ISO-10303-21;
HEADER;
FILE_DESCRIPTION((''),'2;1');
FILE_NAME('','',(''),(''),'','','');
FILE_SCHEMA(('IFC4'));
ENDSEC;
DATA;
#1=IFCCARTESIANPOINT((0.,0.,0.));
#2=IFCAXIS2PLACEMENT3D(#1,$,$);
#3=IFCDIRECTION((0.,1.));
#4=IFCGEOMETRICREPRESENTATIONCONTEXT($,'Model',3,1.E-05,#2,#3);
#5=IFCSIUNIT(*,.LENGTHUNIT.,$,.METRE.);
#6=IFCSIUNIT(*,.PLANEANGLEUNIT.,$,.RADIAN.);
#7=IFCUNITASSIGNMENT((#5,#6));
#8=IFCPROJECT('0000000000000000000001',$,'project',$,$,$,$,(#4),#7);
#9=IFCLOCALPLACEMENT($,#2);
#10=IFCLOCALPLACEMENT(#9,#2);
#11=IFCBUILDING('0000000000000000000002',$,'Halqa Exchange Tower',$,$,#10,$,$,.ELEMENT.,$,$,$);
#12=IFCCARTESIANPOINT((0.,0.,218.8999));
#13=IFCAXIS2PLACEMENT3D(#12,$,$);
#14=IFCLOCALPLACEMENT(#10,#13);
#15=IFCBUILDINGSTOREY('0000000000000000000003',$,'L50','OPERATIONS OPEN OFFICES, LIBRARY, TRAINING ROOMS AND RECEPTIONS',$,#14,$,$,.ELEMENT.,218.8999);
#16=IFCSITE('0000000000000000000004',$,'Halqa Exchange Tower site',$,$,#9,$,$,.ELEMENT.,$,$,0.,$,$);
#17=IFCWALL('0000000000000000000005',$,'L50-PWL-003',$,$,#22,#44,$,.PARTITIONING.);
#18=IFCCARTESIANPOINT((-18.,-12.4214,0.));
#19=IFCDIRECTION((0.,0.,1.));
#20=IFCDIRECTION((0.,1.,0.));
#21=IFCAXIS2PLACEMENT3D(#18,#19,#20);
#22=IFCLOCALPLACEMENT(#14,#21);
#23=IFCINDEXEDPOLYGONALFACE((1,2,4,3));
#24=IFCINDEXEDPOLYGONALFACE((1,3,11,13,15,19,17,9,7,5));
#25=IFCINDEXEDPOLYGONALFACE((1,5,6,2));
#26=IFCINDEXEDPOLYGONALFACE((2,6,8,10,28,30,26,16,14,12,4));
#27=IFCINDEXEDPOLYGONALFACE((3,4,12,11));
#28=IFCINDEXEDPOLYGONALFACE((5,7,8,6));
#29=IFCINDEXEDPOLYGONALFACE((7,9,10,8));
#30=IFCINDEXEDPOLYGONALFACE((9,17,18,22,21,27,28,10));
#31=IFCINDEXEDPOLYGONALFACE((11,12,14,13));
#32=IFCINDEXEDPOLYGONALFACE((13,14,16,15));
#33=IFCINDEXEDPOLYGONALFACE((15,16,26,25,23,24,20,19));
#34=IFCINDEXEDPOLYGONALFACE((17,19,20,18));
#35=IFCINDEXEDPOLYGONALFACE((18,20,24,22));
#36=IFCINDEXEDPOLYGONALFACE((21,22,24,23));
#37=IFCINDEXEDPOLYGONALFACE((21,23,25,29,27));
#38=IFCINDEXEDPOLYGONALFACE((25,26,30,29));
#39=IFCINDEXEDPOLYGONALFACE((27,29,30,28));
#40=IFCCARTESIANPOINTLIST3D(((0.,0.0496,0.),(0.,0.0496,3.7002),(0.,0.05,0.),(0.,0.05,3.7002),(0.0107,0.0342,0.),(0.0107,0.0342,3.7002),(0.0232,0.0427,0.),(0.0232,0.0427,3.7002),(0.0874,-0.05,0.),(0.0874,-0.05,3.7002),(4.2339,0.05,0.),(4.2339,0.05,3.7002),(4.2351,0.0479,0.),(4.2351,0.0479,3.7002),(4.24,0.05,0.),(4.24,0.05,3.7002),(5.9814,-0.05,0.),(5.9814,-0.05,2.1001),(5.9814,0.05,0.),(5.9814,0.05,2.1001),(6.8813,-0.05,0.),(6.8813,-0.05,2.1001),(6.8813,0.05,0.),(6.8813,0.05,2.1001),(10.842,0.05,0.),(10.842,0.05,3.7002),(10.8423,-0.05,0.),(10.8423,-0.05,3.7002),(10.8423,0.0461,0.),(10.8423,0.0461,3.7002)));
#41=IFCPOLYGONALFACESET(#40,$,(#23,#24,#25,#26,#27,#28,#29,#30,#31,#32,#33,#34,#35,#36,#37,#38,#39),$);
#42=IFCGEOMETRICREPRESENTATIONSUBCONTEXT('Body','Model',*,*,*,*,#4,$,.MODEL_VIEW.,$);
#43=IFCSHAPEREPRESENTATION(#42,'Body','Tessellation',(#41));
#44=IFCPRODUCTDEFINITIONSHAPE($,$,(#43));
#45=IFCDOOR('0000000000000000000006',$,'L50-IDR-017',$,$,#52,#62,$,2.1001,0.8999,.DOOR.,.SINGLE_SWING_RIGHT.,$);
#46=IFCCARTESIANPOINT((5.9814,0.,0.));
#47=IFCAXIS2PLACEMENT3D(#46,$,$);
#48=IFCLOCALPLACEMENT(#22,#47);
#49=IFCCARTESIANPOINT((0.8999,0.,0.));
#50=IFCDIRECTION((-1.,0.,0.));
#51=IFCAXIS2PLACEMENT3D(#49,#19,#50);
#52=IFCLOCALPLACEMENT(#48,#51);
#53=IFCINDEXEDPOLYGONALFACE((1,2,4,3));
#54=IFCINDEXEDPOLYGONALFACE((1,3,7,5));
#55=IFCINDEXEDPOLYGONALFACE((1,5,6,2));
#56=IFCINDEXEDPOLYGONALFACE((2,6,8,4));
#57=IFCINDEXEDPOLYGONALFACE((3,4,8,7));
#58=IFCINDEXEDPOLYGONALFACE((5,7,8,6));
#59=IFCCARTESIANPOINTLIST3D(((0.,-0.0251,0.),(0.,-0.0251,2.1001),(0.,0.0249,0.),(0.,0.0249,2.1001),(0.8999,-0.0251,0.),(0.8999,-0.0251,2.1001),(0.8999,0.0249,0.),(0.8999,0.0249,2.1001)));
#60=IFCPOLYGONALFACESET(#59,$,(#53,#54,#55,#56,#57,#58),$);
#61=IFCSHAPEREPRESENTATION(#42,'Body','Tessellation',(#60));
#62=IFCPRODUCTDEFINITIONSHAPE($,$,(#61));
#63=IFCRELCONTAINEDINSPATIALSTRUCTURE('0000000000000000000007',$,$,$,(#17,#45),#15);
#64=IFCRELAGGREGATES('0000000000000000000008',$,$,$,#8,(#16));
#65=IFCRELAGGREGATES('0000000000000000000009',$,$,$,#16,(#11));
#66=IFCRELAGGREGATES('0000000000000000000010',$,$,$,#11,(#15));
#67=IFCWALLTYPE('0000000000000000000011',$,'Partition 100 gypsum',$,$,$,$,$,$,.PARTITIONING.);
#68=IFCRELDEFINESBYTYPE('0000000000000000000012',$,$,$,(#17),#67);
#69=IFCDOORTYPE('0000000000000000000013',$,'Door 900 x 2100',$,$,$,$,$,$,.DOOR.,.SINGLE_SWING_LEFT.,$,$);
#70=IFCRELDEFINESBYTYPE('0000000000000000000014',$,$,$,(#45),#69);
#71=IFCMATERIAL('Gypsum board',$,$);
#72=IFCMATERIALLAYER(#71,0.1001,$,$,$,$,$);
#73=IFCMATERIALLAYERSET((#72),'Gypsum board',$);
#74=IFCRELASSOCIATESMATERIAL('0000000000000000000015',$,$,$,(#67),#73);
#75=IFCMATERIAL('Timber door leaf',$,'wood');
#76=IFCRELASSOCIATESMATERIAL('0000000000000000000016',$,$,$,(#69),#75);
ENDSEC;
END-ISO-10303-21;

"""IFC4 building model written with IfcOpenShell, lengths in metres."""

from ifc_helpers import new_model, si_unit, direction, frame, frame_2d, origin, place, context, subcontext, project, spatial, polyline, rectangle, outline, extrude, material, layer, layer_set, type_object, element, fill, save


model = new_model("IFC4")

# Units and contexts
model_context = context("Model", 3, precision=1e-05, world=origin(), true_north=direction((0.0, 1.0)))
body_context = subcontext(model_context, "Body", "Model", "MODEL_VIEW")
ifc_project = project(units=[si_unit("LENGTHUNIT", "METRE"), si_unit("PLANEANGLEUNIT", "RADIAN")], contexts=[model_context])

# Site, building, storey
site_placement = place(None, origin())
site = spatial("IfcSite", under=ifc_project, at=site_placement, Name="Halqa Exchange Tower site", CompositionType="ELEMENT", RefElevation=0.0)
building_placement = place(site_placement, origin())
building = spatial("IfcBuilding", under=site, at=building_placement, Name="Halqa Exchange Tower", CompositionType="ELEMENT")
storey_placement = place(building_placement, frame((0.0, 0.0, 218.8999)))
storey = spatial("IfcBuildingStorey", under=building, at=storey_placement, Name="L50", Description="OPERATIONS OPEN OFFICES, LIBRARY, TRAINING ROOMS AND RECEPTIONS", CompositionType="ELEMENT", Elevation=218.8999)

# Wall, opening, door
ifc_material_1 = material(Name="Gypsum board")
ifc_layer_1 = layer(ifc_material_1, 0.1001)
ifc_layer_set_1 = layer_set([ifc_layer_1], Name="Gypsum board")
wall_type_1 = type_object("IfcWallType", Name="Partition 100 gypsum", PredefinedType="PARTITIONING", material=ifc_layer_set_1)
wall_1_placement = place(storey_placement, frame((-18.0, -12.4214, 0.0), z_axis=(0.0, 0.0, 1.0), x_axis=(0.0, 1.0, 0.0)))
wall_1 = element("IfcWall", 1, at=wall_1_placement, inside=storey, type_object=wall_type_1, Name="L50-PWL-003", PredefinedType="PARTITIONING", context=body_context, shape_type="SweptSolid", body=[
    extrude(outline(polyline([(0.0874, -0.05), (1.77, -0.05), (3.4529, -0.05), (5.1357, -0.05), (6.8186, -0.05), (8.5015, -0.05), (8.5015, -0.05), (8.6013, -0.05), (8.6013, -0.05), (10.8423, -0.05), (10.8423, 0.0461), (10.842, 0.05), (9.1914, 0.05), (7.541, 0.05), (5.8904, 0.05), (4.24, 0.05), (4.2351, 0.0479), (4.2339, 0.05), (2.8228, 0.05), (1.4114, 0.05), (0.0, 0.05), (0.0, 0.0496), (0.0107, 0.0342), (0.0232, 0.0427), (0.0874, -0.05)])), origin(), (0.0, 0.0, 1.0), 3.7002),
])
opening_1_placement = place(wall_1_placement, frame((5.9814, 0.0, 0.0)))
opening_1 = element("IfcOpeningElement", 2, at=opening_1_placement, cuts=wall_1, PredefinedType="OPENING", context=body_context, shape_type="SweptSolid", body=[
    extrude(rectangle(XDim=0.8999, YDim=2.1001, at=frame_2d((0.45, 1.05))), frame((0.0, 0.062, 0.0), z_axis=(0.0, -1.0, 0.0), x_axis=(1.0, 0.0, 0.0)), (0.0, 0.0, 1.0), 0.124),
])
ifc_material_2 = material(Name="Timber door leaf", Category="wood")
door_type_1 = type_object("IfcDoorType", Name="Door 900 x 2100", OperationType="SINGLE_SWING_LEFT", PredefinedType="DOOR", material=ifc_material_2)
door_1_placement = place(opening_1_placement, frame((0.8999, 0.0, 0.0), z_axis=(0.0, 0.0, 1.0), x_axis=(-1.0, 0.0, 0.0)))
door_1 = element("IfcDoor", 3, at=door_1_placement, inside=storey, type_object=door_type_1, Name="L50-IDR-017", OperationType="SINGLE_SWING_RIGHT", OverallHeight=2.1001, OverallWidth=0.8999, PredefinedType="DOOR", context=body_context, shape_type="SweptSolid", body=[
    extrude(rectangle(XDim=0.8999, YDim=2.1001, at=frame_2d((0.45, 1.05))), frame((0.0, 0.0249, 0.0), z_axis=(0.0, -1.0, 0.0), x_axis=(1.0, 0.0, 0.0)), (0.0, 0.0, 1.0), 0.05),
])
fill(opening_1, door_1)

save(model, "model.ifc")
